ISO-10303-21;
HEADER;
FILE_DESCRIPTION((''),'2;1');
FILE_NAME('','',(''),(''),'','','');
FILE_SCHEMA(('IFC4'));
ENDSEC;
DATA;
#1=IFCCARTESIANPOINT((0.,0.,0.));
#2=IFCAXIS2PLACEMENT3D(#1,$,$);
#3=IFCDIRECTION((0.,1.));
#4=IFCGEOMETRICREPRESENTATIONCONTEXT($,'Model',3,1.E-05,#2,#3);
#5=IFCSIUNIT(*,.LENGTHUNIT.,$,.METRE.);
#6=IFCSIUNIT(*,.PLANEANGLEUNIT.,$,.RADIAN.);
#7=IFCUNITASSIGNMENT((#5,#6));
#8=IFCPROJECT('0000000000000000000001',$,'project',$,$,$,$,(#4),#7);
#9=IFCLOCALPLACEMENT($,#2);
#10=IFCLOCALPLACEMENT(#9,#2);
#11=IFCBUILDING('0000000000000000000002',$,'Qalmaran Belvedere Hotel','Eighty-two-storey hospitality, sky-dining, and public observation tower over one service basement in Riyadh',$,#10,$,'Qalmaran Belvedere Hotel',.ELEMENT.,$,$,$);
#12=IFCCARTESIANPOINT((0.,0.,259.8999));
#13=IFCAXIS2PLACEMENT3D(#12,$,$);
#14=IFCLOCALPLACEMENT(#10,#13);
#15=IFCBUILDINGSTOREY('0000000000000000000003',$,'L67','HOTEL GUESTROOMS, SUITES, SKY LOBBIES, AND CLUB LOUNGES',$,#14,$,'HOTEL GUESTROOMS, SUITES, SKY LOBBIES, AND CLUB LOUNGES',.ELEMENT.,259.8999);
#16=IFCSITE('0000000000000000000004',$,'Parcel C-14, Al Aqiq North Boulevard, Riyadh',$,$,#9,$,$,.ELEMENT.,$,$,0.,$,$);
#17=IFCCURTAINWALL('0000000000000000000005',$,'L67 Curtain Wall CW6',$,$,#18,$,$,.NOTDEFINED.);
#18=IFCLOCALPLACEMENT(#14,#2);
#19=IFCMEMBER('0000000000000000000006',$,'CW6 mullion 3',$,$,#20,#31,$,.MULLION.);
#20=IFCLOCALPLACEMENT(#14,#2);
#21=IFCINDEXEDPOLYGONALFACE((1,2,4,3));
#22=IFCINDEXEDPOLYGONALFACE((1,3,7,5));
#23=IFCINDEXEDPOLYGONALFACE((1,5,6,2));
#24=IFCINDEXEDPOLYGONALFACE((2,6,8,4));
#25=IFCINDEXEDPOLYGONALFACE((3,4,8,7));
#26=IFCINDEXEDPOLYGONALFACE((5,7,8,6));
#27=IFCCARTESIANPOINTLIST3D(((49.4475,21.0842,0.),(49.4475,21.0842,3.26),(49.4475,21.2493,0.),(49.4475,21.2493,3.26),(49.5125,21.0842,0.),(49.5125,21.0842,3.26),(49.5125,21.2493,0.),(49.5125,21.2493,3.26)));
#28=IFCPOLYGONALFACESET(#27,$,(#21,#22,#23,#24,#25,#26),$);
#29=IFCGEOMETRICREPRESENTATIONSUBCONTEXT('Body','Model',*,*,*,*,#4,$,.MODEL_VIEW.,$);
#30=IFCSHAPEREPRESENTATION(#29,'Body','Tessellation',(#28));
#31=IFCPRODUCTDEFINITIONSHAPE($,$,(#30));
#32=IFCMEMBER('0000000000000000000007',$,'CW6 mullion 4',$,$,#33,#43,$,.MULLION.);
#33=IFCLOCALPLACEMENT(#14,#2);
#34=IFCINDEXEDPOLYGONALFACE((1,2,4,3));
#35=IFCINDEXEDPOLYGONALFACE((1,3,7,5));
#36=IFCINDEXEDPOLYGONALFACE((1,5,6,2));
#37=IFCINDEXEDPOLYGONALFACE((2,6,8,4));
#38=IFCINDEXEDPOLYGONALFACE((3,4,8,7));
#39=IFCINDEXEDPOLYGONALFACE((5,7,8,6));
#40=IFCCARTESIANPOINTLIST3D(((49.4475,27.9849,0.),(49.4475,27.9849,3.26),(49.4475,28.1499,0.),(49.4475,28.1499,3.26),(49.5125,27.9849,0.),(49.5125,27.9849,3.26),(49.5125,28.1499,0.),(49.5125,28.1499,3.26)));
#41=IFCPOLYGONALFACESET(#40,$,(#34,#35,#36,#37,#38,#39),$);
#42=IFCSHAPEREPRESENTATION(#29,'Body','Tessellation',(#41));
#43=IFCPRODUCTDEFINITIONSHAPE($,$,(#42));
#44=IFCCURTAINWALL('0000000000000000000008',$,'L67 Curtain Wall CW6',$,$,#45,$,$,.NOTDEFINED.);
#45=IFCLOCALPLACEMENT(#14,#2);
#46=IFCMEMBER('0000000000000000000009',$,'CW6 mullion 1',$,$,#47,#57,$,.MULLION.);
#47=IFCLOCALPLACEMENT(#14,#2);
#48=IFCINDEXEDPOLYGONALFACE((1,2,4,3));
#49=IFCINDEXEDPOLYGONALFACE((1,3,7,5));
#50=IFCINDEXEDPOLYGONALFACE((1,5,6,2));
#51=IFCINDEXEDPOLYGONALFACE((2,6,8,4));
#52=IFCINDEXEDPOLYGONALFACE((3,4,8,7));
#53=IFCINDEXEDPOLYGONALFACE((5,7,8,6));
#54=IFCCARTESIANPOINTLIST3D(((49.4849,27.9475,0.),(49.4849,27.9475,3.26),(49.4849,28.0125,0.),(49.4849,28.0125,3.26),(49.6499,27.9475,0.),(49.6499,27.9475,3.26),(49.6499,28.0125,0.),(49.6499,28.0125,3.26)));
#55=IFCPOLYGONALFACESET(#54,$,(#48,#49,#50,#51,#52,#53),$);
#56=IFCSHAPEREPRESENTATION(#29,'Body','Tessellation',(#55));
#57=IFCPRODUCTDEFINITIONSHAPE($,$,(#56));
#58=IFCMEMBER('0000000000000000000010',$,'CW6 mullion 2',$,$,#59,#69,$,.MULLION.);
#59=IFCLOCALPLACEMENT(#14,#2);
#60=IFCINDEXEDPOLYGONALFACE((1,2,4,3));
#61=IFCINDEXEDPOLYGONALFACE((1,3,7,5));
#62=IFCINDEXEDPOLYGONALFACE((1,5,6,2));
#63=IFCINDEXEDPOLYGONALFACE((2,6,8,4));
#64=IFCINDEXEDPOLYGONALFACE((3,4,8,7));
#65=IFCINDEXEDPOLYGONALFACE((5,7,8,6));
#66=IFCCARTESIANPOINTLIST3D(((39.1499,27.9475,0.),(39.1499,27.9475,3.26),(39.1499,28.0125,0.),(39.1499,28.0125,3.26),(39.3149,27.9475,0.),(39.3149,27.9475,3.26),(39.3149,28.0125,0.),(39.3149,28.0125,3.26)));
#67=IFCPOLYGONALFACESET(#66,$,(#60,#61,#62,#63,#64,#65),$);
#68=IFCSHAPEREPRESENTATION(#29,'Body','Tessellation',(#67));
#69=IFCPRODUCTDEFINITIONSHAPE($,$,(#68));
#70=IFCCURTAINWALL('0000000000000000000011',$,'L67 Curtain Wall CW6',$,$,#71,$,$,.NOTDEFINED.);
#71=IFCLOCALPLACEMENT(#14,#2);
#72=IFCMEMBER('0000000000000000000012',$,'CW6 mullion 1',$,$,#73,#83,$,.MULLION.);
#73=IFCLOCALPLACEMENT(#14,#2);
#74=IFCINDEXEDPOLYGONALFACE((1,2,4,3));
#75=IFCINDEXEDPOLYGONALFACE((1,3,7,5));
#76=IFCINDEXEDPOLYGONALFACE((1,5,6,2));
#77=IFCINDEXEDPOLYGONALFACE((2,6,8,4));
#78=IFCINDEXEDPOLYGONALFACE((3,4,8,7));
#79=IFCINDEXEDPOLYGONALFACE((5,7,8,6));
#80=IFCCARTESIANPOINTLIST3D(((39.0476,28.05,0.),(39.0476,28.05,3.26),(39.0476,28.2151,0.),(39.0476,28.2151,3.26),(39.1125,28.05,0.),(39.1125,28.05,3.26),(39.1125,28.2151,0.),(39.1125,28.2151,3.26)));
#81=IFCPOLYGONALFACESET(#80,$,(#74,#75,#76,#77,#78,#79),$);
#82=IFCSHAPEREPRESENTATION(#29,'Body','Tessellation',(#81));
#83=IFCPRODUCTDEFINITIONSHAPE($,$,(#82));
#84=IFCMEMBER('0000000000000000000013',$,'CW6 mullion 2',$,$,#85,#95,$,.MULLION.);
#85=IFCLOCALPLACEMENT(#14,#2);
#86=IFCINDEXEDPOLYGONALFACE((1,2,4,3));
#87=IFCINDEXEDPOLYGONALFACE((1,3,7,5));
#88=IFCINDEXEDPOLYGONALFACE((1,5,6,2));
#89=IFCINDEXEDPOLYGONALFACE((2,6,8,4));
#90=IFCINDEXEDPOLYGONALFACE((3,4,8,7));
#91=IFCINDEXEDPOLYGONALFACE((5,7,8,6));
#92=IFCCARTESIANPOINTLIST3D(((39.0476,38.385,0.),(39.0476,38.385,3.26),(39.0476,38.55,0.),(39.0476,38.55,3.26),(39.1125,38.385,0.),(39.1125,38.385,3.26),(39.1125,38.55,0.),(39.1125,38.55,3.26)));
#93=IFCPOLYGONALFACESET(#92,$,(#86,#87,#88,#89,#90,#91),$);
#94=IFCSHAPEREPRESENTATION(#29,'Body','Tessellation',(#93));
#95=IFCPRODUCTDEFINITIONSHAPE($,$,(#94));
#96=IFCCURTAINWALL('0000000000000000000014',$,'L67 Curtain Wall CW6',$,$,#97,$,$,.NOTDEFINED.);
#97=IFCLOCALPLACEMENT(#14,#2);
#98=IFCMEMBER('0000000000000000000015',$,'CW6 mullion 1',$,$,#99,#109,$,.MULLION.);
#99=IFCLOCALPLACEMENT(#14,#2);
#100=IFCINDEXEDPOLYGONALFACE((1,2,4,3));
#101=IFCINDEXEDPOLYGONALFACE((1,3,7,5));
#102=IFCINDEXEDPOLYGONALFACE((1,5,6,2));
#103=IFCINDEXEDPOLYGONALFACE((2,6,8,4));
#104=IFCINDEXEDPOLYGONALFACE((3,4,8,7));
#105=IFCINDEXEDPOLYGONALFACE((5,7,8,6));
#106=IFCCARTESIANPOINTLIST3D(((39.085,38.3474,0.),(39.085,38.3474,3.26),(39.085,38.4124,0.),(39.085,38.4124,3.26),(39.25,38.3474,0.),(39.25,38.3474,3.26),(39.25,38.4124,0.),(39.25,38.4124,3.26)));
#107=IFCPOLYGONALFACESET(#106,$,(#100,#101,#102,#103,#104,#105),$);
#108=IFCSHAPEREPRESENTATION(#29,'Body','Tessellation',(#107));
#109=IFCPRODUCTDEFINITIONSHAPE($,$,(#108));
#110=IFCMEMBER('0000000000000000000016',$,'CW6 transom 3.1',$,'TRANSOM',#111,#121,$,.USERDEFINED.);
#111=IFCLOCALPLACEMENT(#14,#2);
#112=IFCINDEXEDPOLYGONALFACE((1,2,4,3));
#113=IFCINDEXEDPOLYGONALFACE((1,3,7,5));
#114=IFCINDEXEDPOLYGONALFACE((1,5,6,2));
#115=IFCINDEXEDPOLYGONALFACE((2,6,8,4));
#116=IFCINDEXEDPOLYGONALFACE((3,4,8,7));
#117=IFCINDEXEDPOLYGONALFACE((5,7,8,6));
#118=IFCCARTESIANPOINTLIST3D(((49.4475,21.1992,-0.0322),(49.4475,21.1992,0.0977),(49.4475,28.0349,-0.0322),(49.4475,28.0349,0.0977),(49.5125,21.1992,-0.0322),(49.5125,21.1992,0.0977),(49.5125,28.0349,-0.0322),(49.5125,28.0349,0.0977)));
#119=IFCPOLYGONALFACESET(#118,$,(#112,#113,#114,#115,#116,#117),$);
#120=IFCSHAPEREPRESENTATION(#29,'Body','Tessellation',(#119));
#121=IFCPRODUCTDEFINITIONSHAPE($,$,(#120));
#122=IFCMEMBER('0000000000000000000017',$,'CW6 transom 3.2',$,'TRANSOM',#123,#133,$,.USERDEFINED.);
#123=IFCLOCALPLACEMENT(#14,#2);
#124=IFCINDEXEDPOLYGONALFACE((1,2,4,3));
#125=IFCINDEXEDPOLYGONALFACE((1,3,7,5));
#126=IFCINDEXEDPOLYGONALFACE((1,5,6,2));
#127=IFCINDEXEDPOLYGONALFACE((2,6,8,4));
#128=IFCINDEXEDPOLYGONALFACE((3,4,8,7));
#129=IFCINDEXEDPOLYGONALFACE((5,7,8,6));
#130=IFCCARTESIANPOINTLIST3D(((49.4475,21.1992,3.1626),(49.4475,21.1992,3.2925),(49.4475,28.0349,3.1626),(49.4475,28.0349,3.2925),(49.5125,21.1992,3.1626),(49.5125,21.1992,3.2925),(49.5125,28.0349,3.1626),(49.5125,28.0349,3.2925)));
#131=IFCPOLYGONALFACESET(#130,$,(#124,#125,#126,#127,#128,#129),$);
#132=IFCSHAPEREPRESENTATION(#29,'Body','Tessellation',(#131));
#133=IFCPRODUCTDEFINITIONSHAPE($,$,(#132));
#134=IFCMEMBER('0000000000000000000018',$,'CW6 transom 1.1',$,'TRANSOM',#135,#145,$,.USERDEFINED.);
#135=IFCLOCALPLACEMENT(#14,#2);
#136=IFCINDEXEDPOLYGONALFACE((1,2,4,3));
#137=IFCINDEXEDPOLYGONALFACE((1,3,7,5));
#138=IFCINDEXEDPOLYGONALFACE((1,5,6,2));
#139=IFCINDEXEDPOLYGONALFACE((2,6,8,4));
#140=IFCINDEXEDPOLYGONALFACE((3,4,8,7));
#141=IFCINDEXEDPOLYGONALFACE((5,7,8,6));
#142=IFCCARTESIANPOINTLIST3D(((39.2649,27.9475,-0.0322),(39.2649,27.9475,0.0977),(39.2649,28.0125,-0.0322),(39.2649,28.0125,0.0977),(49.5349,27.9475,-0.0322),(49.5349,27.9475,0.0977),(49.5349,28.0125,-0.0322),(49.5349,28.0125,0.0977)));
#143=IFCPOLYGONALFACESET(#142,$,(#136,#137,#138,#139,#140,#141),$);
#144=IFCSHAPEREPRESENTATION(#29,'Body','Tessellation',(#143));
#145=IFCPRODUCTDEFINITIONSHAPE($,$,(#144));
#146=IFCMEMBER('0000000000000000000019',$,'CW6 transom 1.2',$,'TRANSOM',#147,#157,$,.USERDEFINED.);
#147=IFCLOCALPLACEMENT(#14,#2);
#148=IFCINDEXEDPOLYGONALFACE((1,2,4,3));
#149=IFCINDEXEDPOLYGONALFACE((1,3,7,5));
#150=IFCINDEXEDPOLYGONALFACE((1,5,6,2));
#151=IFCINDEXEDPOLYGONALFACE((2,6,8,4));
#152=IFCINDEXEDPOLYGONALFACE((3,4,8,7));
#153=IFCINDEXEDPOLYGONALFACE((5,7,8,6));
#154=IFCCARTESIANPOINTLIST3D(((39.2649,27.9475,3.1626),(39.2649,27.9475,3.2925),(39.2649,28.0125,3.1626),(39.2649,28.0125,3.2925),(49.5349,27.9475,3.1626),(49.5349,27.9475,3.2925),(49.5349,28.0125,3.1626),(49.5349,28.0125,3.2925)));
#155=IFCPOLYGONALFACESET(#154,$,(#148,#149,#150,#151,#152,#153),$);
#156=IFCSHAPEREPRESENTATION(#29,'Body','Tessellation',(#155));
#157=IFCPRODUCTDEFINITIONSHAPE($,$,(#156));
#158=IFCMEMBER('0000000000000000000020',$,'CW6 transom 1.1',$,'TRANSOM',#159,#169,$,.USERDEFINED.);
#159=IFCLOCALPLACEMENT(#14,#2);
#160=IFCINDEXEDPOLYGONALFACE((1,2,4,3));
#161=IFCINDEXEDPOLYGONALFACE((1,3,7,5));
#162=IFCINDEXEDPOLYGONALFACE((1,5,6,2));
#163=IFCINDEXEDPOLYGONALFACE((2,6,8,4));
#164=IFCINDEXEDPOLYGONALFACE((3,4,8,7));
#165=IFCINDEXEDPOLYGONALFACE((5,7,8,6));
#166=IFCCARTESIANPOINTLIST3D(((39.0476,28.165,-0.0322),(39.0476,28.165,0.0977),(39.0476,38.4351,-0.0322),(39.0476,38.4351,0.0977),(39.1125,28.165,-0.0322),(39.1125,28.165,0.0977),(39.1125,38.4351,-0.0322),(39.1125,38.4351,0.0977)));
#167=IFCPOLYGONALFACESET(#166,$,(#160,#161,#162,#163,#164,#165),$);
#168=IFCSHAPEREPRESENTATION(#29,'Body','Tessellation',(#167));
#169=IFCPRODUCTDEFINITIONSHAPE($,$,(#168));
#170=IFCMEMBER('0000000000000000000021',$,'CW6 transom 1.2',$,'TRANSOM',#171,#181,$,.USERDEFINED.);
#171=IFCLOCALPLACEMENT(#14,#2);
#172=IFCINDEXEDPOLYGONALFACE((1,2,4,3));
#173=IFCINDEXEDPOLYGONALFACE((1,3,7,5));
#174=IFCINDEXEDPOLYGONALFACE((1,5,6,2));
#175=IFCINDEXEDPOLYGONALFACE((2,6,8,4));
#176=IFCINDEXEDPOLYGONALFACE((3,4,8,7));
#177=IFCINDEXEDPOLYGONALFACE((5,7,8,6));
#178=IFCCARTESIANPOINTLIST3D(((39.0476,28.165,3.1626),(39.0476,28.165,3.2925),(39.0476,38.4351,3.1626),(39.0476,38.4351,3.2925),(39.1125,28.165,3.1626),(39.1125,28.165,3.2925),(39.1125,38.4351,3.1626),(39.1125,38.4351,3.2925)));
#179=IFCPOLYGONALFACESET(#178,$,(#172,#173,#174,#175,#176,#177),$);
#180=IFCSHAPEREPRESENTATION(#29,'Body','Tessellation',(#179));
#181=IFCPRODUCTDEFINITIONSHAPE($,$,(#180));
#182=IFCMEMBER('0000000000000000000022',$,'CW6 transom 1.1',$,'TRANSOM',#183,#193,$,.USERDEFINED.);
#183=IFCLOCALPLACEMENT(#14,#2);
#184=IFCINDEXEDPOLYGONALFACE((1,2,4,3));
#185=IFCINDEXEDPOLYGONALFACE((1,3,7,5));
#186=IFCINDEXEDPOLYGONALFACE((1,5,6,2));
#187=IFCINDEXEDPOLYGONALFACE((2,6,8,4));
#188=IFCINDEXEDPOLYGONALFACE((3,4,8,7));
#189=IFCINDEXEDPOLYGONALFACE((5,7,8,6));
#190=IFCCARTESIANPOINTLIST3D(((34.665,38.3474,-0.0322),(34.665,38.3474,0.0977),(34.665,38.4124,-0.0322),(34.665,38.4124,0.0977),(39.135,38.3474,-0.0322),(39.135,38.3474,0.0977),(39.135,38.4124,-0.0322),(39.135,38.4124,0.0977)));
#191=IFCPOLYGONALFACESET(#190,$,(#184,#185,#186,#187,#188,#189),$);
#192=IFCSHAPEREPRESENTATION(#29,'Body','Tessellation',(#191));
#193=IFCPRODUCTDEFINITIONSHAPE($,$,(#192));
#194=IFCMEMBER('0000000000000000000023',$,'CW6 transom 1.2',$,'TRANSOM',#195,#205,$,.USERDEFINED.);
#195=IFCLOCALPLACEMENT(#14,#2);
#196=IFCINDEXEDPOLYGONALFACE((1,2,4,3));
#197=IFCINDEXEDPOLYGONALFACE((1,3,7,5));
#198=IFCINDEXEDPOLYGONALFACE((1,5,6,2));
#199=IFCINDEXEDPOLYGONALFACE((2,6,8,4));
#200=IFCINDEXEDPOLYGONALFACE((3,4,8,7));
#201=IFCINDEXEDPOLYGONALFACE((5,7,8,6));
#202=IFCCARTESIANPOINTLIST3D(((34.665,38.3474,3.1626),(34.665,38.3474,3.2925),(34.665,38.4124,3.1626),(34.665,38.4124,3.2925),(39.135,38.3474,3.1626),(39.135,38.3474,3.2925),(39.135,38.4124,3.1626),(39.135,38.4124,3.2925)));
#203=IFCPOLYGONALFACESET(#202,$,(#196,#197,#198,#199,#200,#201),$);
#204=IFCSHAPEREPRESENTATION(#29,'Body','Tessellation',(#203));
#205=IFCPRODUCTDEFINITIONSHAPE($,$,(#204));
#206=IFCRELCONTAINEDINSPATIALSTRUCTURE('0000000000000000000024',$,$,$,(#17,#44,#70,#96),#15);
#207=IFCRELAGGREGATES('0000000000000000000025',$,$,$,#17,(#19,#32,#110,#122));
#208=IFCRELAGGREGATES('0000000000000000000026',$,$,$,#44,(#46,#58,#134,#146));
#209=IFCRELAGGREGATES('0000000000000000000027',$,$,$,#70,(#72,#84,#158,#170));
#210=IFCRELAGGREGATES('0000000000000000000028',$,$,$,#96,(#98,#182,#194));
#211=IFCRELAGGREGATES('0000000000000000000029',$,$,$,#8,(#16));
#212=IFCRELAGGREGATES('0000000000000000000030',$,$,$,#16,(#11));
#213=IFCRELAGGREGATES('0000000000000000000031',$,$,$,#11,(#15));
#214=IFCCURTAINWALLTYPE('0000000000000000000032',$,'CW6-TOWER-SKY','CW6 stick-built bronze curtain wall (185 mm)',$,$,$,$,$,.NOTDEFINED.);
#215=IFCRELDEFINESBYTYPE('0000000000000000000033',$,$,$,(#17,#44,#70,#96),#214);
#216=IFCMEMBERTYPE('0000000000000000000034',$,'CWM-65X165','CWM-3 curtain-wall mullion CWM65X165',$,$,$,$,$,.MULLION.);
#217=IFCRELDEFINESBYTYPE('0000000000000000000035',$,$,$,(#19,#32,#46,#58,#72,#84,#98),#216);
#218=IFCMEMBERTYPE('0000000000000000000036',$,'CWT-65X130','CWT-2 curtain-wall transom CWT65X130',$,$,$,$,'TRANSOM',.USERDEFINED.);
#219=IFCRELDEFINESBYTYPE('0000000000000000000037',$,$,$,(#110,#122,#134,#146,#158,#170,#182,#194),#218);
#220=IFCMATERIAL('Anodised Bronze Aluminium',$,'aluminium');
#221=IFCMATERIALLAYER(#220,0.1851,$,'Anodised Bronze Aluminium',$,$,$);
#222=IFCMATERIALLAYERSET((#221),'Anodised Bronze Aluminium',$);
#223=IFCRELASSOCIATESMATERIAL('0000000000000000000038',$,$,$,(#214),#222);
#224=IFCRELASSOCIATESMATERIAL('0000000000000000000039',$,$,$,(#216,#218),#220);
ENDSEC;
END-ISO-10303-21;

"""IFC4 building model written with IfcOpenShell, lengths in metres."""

from ifc_helpers import new_model, si_unit, direction, frame, origin, origin_2d, place, context, subcontext, project, spatial, rectangle, extrude, material, layer, layer_set, material_profile, profile_set, type_object, element, aggregate, save


model = new_model("IFC4")

# Units and contexts
model_context = context("Model", 3, precision=1e-05, world=origin(), true_north=direction((0.0, 1.0)))
body_context = subcontext(model_context, "Body", "Model", "MODEL_VIEW")
ifc_project = project(units=[si_unit("LENGTHUNIT", "METRE"), si_unit("PLANEANGLEUNIT", "RADIAN")], contexts=[model_context])

# Site, building, storey
site_placement = place(None, origin())
site = spatial("IfcSite", under=ifc_project, at=site_placement, Name="Parcel C-14, Al Aqiq North Boulevard, Riyadh", CompositionType="ELEMENT", RefElevation=0.0)
building_placement = place(site_placement, origin())
building = spatial("IfcBuilding", under=site, at=building_placement, Name="Qalmaran Belvedere Hotel", Description="Eighty-two-storey hospitality, sky-dining, and public observation tower over one service basement in Riyadh", LongName="Qalmaran Belvedere Hotel", CompositionType="ELEMENT")
storey_placement = place(building_placement, frame((0.0, 0.0, 259.8999)))
storey = spatial("IfcBuildingStorey", under=building, at=storey_placement, Name="L67", Description="HOTEL GUESTROOMS, SUITES, SKY LOBBIES, AND CLUB LOUNGES", LongName="HOTEL GUESTROOMS, SUITES, SKY LOBBIES, AND CLUB LOUNGES", CompositionType="ELEMENT", Elevation=259.8999)

# Curtain walls, members
ifc_material_1 = material(Name="Anodised Bronze Aluminium", Category="aluminium")
ifc_layer_1 = layer(ifc_material_1, 0.1851, Name="Anodised Bronze Aluminium")
ifc_layer_set_1 = layer_set([ifc_layer_1], Name="Anodised Bronze Aluminium")
curtain_wall_type = type_object("IfcCurtainWallType", Name="CW6-TOWER-SKY", Description="CW6 stick-built bronze curtain wall (185 mm)", PredefinedType="NOTDEFINED", material=ifc_layer_set_1)
curtain_wall_1_placement = place(storey_placement, origin())
curtain_wall_1 = element("IfcCurtainWall", 1, at=curtain_wall_1_placement, inside=storey, type_object=curtain_wall_type, Name="L67 Curtain Wall CW6", PredefinedType="NOTDEFINED")
ifc_material_profile_1 = material_profile(ifc_material_1, rectangle(XDim=0.0649, YDim=0.165, at=origin_2d()), Name="CWM65X165")
ifc_profile_set_1 = profile_set([ifc_material_profile_1], Name="Anodised Bronze Aluminium")
member_type_1 = type_object("IfcMemberType", Name="CWM-65X165", Description="CWM-3 curtain-wall mullion CWM65X165", PredefinedType="MULLION", material=ifc_profile_set_1)
member_1_placement = place(storey_placement, frame((49.48, 21.1667, 0.0), z_axis=(0.0, 0.0, 1.0), x_axis=(-1.0, 0.0, 0.0)))
member_1 = element("IfcMember", 2, at=member_1_placement, type_object=member_type_1, Name="CW6 mullion 3", PredefinedType="MULLION", context=body_context, shape_type="SweptSolid", body=[
    extrude(rectangle(XDim=0.0649, YDim=0.165, at=origin_2d()), origin(), (0.0, 0.0, 1.0), 3.26),
])
member_2_placement = place(storey_placement, frame((49.48, 28.0674, 0.0), z_axis=(0.0, 0.0, 1.0), x_axis=(-1.0, 0.0, 0.0)))
member_2 = element("IfcMember", 3, at=member_2_placement, type_object=member_type_1, Name="CW6 mullion 4", PredefinedType="MULLION", context=body_context, shape_type="SweptSolid", body=[
    extrude(rectangle(XDim=0.0649, YDim=0.165, at=origin_2d()), origin(), (0.0, 0.0, 1.0), 3.26),
])
curtain_wall_2_placement = place(storey_placement, origin())
curtain_wall_2 = element("IfcCurtainWall", 4, at=curtain_wall_2_placement, inside=storey, type_object=curtain_wall_type, Name="L67 Curtain Wall CW6", PredefinedType="NOTDEFINED")
member_3_placement = place(storey_placement, frame((49.5674, 27.98, 0.0), z_axis=(0.0, 0.0, 1.0), x_axis=(0.0, -1.0, 0.0)))
member_3 = element("IfcMember", 5, at=member_3_placement, type_object=member_type_1, Name="CW6 mullion 1", PredefinedType="MULLION", context=body_context, shape_type="SweptSolid", body=[
    extrude(rectangle(XDim=0.0649, YDim=0.165, at=origin_2d()), origin(), (0.0, 0.0, 1.0), 3.26),
])
member_4_placement = place(storey_placement, frame((39.2324, 27.98, 0.0), z_axis=(0.0, 0.0, 1.0), x_axis=(0.0, -1.0, 0.0)))
member_4 = element("IfcMember", 6, at=member_4_placement, type_object=member_type_1, Name="CW6 mullion 2", PredefinedType="MULLION", context=body_context, shape_type="SweptSolid", body=[
    extrude(rectangle(XDim=0.0649, YDim=0.165, at=origin_2d()), origin(), (0.0, 0.0, 1.0), 3.26),
])
curtain_wall_3_placement = place(storey_placement, origin())
curtain_wall_3 = element("IfcCurtainWall", 7, at=curtain_wall_3_placement, inside=storey, type_object=curtain_wall_type, Name="L67 Curtain Wall CW6", PredefinedType="NOTDEFINED")
member_5_placement = place(storey_placement, frame((39.0801, 28.1326, 0.0), z_axis=(0.0, 0.0, 1.0), x_axis=(-1.0, 0.0, 0.0)))
member_5 = element("IfcMember", 8, at=member_5_placement, type_object=member_type_1, Name="CW6 mullion 1", PredefinedType="MULLION", context=body_context, shape_type="SweptSolid", body=[
    extrude(rectangle(XDim=0.0649, YDim=0.165, at=origin_2d()), origin(), (0.0, 0.0, 1.0), 3.26),
])
member_6_placement = place(storey_placement, frame((39.0801, 38.4675, 0.0), z_axis=(0.0, 0.0, 1.0), x_axis=(-1.0, 0.0, 0.0)))
member_6 = element("IfcMember", 9, at=member_6_placement, type_object=member_type_1, Name="CW6 mullion 2", PredefinedType="MULLION", context=body_context, shape_type="SweptSolid", body=[
    extrude(rectangle(XDim=0.0649, YDim=0.165, at=origin_2d()), origin(), (0.0, 0.0, 1.0), 3.26),
])

# Curtain wall, member
curtain_wall_4_placement = place(storey_placement, origin())
curtain_wall_4 = element("IfcCurtainWall", 10, at=curtain_wall_4_placement, inside=storey, type_object=curtain_wall_type, Name="L67 Curtain Wall CW6", PredefinedType="NOTDEFINED")
member_7_placement = place(storey_placement, frame((39.1675, 38.3799, 0.0), z_axis=(0.0, 0.0, 1.0), x_axis=(0.0, -1.0, 0.0)))
member_7 = element("IfcMember", 11, at=member_7_placement, type_object=member_type_1, Name="CW6 mullion 1", PredefinedType="MULLION", context=body_context, shape_type="SweptSolid", body=[
    extrude(rectangle(XDim=0.0649, YDim=0.165, at=origin_2d()), origin(), (0.0, 0.0, 1.0), 3.26),
])

# Members
ifc_material_profile_2 = material_profile(ifc_material_1, rectangle(XDim=0.0649, YDim=0.1299, at=origin_2d()), Name="CWT65X130")
ifc_profile_set_2 = profile_set([ifc_material_profile_2], Name="Anodised Bronze Aluminium")
member_type_2 = type_object("IfcMemberType", Name="CWT-65X130", Description="CWT-2 curtain-wall transom CWT65X130", ElementType="TRANSOM", PredefinedType="USERDEFINED", material=ifc_profile_set_2)
member_8_placement = place(storey_placement, frame((49.48, 21.1992, 0.0327), z_axis=(0.0, 1.0, 0.0), x_axis=(-1.0, 0.0, 0.0)))
member_8 = element("IfcMember", 12, at=member_8_placement, type_object=member_type_2, Name="CW6 transom 3.1", ObjectType="TRANSOM", PredefinedType="USERDEFINED", context=body_context, shape_type="SweptSolid", body=[
    extrude(rectangle(XDim=0.0649, YDim=0.1299, at=origin_2d()), origin(), (0.0, 0.0, 1.0), 6.8357),
])
member_9_placement = place(storey_placement, frame((49.48, 21.1992, 3.2275), z_axis=(0.0, 1.0, 0.0), x_axis=(-1.0, 0.0, 0.0)))
member_9 = element("IfcMember", 13, at=member_9_placement, type_object=member_type_2, Name="CW6 transom 3.2", ObjectType="TRANSOM", PredefinedType="USERDEFINED", context=body_context, shape_type="SweptSolid", body=[
    extrude(rectangle(XDim=0.0649, YDim=0.1299, at=origin_2d()), origin(), (0.0, 0.0, 1.0), 6.8357),
])
member_10_placement = place(storey_placement, frame((49.5349, 27.98, 0.0327), z_axis=(-1.0, 0.0, 0.0), x_axis=(0.0, -1.0, 0.0)))
member_10 = element("IfcMember", 14, at=member_10_placement, type_object=member_type_2, Name="CW6 transom 1.1", ObjectType="TRANSOM", PredefinedType="USERDEFINED", context=body_context, shape_type="SweptSolid", body=[
    extrude(rectangle(XDim=0.0649, YDim=0.1299, at=origin_2d()), origin(), (0.0, 0.0, 1.0), 10.27),
])
member_11_placement = place(storey_placement, frame((49.5349, 27.98, 3.2275), z_axis=(-1.0, 0.0, 0.0), x_axis=(0.0, -1.0, 0.0)))
member_11 = element("IfcMember", 15, at=member_11_placement, type_object=member_type_2, Name="CW6 transom 1.2", ObjectType="TRANSOM", PredefinedType="USERDEFINED", context=body_context, shape_type="SweptSolid", body=[
    extrude(rectangle(XDim=0.0649, YDim=0.1299, at=origin_2d()), origin(), (0.0, 0.0, 1.0), 10.27),
])
member_12_placement = place(storey_placement, frame((39.0801, 28.165, 0.0327), z_axis=(0.0, 1.0, 0.0), x_axis=(-1.0, 0.0, 0.0)))
member_12 = element("IfcMember", 16, at=member_12_placement, type_object=member_type_2, Name="CW6 transom 1.1", ObjectType="TRANSOM", PredefinedType="USERDEFINED", context=body_context, shape_type="SweptSolid", body=[
    extrude(rectangle(XDim=0.0649, YDim=0.1299, at=origin_2d()), origin(), (0.0, 0.0, 1.0), 10.27),
])
member_13_placement = place(storey_placement, frame((39.0801, 28.165, 3.2275), z_axis=(0.0, 1.0, 0.0), x_axis=(-1.0, 0.0, 0.0)))
member_13 = element("IfcMember", 17, at=member_13_placement, type_object=member_type_2, Name="CW6 transom 1.2", ObjectType="TRANSOM", PredefinedType="USERDEFINED", context=body_context, shape_type="SweptSolid", body=[
    extrude(rectangle(XDim=0.0649, YDim=0.1299, at=origin_2d()), origin(), (0.0, 0.0, 1.0), 10.27),
])
member_14_placement = place(storey_placement, frame((39.135, 38.3799, 0.0327), z_axis=(-1.0, 0.0, 0.0), x_axis=(0.0, -1.0, 0.0)))
member_14 = element("IfcMember", 18, at=member_14_placement, type_object=member_type_2, Name="CW6 transom 1.1", ObjectType="TRANSOM", PredefinedType="USERDEFINED", context=body_context, shape_type="SweptSolid", body=[
    extrude(rectangle(XDim=0.0649, YDim=0.1299, at=origin_2d()), origin(), (0.0, 0.0, 1.0), 4.47),
])
member_15_placement = place(storey_placement, frame((39.135, 38.3799, 3.2275), z_axis=(-1.0, 0.0, 0.0), x_axis=(0.0, -1.0, 0.0)))
member_15 = element("IfcMember", 19, at=member_15_placement, type_object=member_type_2, Name="CW6 transom 1.2", ObjectType="TRANSOM", PredefinedType="USERDEFINED", context=body_context, shape_type="SweptSolid", body=[
    extrude(rectangle(XDim=0.0649, YDim=0.1299, at=origin_2d()), origin(), (0.0, 0.0, 1.0), 4.47),
])

aggregate(curtain_wall_1, [member_1, member_2, member_8, member_9])
aggregate(curtain_wall_2, [member_3, member_4, member_10, member_11])
aggregate(curtain_wall_3, [member_5, member_6, member_12, member_13])
aggregate(curtain_wall_4, [member_7, member_14, member_15])

save(model, "model.ifc")
